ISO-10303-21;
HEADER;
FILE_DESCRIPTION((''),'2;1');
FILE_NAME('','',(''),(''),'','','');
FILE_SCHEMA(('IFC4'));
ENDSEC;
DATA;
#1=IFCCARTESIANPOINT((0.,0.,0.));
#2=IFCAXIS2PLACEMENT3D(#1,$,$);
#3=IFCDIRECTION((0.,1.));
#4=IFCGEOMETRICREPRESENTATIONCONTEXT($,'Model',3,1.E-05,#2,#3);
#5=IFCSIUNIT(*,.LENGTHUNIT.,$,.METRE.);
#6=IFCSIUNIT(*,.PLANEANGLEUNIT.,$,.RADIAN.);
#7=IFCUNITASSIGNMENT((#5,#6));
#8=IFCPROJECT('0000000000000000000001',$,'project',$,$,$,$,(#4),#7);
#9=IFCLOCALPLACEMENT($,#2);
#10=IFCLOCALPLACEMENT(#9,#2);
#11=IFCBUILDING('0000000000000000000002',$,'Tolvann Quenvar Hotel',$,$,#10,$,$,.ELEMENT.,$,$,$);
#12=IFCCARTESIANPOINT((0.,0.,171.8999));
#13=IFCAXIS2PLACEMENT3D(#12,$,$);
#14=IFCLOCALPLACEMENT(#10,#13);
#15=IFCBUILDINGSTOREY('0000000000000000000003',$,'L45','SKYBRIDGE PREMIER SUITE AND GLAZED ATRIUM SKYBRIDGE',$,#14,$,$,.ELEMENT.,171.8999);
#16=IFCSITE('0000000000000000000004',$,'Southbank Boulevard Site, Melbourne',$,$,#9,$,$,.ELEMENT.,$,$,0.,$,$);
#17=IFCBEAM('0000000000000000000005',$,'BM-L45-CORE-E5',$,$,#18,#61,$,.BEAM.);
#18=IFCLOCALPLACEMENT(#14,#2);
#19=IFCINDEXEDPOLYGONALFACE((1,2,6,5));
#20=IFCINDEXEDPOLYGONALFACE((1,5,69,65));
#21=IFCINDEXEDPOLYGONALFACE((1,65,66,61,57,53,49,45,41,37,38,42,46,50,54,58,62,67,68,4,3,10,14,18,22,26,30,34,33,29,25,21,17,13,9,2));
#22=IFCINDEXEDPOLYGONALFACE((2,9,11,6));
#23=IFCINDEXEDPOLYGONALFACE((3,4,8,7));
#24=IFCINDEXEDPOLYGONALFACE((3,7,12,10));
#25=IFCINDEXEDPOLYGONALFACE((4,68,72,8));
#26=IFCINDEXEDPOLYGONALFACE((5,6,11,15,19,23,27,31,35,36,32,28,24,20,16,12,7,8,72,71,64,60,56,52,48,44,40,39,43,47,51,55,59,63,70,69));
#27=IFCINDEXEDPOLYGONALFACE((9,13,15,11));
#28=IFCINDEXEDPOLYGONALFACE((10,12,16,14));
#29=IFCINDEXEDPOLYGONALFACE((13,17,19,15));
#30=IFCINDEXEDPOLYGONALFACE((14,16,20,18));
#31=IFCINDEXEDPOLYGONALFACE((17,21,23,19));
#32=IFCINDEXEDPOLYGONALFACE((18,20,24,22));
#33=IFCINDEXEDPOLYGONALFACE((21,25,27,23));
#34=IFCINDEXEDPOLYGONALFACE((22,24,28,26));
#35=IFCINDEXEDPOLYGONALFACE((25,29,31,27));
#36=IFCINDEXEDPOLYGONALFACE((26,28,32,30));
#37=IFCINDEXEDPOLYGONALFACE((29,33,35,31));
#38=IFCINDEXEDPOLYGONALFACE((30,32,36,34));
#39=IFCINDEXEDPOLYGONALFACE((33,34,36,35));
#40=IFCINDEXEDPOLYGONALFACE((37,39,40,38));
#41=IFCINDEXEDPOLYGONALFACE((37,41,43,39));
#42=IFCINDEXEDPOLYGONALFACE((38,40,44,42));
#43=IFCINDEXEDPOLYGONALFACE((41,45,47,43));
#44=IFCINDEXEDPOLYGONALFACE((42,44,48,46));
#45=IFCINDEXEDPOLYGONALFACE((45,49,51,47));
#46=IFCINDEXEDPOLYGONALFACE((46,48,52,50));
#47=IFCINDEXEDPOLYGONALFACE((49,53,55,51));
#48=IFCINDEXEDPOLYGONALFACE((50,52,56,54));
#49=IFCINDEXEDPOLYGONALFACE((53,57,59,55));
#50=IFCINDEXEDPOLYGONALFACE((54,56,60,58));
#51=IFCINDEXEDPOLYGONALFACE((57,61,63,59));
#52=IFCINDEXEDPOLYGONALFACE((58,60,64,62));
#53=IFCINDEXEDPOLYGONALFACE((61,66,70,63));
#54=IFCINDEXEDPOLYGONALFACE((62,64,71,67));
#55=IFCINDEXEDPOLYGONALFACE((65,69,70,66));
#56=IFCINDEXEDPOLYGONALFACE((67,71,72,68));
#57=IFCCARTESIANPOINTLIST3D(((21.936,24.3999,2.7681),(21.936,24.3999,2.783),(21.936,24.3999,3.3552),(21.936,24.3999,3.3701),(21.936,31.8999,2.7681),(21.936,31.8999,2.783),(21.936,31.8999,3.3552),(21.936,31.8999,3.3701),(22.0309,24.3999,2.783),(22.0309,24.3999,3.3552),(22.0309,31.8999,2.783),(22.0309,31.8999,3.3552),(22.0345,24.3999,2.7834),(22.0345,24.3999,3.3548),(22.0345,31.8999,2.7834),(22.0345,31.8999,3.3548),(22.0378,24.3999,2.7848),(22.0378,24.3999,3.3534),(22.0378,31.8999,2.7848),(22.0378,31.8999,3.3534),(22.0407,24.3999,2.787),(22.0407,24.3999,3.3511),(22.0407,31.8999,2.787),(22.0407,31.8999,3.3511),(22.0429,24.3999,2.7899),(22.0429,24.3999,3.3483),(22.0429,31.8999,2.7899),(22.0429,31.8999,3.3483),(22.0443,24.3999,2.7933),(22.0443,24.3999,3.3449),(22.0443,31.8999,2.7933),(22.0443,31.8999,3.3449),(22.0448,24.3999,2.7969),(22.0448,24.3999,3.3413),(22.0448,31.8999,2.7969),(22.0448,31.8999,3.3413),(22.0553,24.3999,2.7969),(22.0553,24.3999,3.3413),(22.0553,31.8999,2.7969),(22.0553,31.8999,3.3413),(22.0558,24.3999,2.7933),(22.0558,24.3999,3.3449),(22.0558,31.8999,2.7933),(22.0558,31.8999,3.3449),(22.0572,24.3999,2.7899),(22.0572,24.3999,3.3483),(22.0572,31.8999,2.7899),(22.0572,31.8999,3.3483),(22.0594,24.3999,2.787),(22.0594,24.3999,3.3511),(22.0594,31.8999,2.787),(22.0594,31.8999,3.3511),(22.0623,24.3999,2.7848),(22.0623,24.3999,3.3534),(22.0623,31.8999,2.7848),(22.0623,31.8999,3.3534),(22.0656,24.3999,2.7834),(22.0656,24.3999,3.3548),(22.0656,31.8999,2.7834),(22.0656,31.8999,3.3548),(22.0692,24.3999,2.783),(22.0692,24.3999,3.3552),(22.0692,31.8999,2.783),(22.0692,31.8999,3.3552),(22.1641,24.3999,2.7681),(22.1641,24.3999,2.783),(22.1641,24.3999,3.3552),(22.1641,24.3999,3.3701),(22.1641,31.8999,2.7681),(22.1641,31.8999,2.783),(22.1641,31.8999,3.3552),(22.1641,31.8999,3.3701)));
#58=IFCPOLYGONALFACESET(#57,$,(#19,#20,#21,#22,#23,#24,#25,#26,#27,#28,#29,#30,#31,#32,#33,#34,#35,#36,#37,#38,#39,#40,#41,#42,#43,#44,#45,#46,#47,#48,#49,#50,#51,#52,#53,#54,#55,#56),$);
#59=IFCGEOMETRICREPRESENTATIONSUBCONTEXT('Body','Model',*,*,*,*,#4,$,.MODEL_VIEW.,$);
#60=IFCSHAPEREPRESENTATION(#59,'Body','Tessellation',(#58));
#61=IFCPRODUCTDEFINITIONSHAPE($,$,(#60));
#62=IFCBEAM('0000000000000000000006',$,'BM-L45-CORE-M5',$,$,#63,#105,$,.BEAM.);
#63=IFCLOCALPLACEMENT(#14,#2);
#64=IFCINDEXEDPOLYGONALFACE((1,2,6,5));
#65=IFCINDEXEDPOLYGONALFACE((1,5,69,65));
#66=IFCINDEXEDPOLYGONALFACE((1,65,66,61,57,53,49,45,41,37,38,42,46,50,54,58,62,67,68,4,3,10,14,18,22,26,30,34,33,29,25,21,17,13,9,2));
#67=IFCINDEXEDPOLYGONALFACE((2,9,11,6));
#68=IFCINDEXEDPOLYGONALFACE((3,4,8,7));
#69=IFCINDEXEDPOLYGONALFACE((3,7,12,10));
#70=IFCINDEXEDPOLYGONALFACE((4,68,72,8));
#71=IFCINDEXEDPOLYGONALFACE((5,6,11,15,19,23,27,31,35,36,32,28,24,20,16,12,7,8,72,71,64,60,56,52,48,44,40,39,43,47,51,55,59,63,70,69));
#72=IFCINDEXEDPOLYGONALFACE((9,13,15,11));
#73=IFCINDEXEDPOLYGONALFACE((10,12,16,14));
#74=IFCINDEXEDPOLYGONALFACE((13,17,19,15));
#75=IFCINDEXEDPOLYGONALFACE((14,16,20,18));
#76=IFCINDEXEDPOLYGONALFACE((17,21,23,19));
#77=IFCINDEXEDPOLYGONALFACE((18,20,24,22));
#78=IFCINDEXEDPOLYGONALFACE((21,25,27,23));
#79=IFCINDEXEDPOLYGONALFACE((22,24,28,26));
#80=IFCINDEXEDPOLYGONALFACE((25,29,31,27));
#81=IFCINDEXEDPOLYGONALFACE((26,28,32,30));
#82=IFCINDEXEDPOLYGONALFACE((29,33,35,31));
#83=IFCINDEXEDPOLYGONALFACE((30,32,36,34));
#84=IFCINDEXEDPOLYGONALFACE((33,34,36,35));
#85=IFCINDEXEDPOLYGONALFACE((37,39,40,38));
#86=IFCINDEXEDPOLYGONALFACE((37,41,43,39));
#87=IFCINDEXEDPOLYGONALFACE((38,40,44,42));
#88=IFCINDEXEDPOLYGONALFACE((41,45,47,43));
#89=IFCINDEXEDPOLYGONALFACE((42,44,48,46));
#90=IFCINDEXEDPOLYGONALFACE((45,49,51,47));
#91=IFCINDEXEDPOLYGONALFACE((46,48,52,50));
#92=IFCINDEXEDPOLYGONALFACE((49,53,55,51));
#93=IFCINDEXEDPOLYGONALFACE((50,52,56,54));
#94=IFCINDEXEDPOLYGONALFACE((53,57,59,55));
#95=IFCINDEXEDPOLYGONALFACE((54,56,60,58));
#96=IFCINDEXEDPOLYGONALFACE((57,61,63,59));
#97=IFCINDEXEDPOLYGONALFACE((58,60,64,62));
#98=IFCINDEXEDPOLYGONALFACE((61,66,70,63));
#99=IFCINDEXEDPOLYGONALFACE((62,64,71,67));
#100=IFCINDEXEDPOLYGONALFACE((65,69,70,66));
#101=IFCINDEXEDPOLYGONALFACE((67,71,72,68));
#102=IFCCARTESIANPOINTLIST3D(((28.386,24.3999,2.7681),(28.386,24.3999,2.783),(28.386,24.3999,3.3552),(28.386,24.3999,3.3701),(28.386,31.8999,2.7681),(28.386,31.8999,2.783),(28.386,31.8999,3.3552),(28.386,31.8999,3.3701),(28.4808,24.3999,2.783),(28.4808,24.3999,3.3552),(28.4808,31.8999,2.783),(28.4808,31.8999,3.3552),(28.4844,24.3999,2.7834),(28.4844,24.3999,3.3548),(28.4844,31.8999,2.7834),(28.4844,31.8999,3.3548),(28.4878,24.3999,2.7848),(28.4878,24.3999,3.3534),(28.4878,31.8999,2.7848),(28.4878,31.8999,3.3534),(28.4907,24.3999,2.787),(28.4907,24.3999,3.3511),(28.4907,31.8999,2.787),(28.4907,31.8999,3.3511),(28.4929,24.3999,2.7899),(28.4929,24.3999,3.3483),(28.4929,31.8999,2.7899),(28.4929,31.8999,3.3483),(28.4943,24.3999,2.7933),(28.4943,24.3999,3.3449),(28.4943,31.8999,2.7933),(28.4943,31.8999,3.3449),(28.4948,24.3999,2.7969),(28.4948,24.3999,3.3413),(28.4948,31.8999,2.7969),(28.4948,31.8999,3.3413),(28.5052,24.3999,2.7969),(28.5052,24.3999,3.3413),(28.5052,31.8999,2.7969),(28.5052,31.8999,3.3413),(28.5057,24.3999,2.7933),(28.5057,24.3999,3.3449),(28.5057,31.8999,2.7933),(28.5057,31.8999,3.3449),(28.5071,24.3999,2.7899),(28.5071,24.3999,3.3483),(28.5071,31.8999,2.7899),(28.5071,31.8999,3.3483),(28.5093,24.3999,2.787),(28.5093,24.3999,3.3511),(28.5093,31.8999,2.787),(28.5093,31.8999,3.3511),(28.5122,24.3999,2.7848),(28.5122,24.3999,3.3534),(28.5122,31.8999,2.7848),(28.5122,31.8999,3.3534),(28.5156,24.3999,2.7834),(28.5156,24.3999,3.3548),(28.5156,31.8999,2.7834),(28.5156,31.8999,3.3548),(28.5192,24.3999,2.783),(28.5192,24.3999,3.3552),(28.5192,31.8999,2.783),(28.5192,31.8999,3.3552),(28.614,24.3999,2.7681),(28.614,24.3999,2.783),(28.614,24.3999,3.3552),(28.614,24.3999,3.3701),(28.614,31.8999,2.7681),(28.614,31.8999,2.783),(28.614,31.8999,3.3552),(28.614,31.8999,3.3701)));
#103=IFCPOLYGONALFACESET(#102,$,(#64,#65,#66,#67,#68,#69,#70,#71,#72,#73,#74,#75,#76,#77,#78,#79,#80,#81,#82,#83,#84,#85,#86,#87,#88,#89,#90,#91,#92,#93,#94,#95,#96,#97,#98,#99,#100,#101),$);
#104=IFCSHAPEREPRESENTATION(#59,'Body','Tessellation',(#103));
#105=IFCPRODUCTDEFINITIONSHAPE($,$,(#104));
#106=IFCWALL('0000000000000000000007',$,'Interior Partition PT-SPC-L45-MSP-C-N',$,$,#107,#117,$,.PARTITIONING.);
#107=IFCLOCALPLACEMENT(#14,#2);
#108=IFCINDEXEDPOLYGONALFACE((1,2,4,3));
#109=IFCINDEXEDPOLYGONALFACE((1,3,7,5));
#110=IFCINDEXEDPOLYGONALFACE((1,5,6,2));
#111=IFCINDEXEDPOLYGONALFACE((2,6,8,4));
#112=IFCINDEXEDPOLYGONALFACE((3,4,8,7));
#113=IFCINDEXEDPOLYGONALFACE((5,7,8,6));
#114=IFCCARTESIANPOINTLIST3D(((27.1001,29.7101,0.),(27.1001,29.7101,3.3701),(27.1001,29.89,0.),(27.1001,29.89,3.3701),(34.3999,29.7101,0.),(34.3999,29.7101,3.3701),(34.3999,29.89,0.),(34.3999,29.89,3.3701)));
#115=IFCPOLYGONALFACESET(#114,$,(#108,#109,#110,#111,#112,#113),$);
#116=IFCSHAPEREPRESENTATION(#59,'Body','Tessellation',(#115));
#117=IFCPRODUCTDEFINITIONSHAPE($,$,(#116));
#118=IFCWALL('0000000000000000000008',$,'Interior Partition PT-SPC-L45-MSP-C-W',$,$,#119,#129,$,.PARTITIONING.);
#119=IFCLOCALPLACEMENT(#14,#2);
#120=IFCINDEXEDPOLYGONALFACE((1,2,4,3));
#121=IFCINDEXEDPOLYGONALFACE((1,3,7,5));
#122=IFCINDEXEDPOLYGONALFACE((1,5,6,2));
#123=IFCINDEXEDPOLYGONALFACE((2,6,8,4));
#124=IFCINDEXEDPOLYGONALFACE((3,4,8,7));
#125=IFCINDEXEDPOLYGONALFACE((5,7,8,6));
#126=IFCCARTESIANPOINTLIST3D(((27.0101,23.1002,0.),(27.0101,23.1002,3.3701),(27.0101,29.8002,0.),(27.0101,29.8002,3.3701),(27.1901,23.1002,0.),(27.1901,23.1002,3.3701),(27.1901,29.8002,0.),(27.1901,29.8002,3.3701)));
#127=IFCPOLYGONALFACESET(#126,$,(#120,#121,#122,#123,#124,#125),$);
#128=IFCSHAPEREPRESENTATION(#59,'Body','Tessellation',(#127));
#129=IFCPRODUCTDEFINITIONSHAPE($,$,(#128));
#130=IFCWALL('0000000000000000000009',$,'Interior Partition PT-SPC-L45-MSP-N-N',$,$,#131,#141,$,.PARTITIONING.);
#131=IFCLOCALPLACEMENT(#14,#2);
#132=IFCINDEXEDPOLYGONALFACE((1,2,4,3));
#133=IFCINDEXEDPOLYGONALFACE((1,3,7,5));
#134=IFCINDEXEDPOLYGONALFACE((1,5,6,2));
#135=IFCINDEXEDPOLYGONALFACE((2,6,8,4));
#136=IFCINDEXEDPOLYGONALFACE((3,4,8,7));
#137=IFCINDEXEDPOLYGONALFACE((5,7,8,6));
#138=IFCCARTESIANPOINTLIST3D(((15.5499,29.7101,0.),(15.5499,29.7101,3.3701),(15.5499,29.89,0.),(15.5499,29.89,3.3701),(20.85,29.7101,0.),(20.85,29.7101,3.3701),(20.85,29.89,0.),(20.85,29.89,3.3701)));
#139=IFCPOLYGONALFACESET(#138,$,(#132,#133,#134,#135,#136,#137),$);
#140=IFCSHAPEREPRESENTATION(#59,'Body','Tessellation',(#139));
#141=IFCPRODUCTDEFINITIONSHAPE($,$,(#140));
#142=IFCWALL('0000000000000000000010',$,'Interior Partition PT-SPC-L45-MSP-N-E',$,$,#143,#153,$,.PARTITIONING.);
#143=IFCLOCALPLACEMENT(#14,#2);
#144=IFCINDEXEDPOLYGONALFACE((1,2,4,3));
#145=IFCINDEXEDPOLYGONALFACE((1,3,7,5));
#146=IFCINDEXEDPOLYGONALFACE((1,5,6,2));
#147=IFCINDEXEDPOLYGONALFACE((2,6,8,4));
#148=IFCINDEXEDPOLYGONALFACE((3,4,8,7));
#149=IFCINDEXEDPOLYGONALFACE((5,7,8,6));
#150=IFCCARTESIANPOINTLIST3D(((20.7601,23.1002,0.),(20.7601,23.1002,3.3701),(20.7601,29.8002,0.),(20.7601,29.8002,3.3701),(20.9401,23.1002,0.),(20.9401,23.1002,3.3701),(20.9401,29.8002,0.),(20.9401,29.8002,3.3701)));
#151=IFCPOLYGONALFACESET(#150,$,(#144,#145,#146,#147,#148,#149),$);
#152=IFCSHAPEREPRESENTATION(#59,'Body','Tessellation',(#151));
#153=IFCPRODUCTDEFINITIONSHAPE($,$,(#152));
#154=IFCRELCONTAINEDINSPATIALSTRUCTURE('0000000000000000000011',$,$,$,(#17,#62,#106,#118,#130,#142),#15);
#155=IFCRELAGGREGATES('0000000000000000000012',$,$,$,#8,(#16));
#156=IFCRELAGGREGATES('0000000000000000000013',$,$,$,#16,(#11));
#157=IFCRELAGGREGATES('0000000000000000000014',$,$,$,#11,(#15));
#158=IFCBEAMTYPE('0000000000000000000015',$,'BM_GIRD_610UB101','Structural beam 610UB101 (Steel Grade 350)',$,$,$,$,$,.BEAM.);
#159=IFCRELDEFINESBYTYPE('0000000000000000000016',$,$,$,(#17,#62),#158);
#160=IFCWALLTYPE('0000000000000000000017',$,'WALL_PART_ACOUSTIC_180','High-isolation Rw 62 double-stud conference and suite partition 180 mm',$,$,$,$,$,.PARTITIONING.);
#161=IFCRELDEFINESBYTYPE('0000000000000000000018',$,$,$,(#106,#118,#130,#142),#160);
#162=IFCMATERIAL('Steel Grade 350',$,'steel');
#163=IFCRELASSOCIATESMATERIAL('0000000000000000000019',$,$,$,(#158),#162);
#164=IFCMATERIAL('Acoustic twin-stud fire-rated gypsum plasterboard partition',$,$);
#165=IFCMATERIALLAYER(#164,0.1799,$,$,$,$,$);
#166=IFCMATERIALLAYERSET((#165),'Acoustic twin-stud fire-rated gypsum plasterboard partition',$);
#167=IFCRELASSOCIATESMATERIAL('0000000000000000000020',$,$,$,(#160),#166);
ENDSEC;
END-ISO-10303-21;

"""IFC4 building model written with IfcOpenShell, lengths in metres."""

from ifc_helpers import new_model, si_unit, direction, frame, frame_2d, origin, origin_2d, place, context, subcontext, project, spatial, rectangle, i_section, extrude, source, transform, mapped, material, layer, layer_set, material_profile, profile_set, type_object, element, save


model = new_model("IFC4")

# Units and contexts
model_context = context("Model", 3, precision=1e-05, world=origin(), true_north=direction((0.0, 1.0)))
body_context = subcontext(model_context, "Body", "Model", "MODEL_VIEW")
ifc_project = project(units=[si_unit("LENGTHUNIT", "METRE"), si_unit("PLANEANGLEUNIT", "RADIAN")], contexts=[model_context])

# Site, building, storey
site_placement = place(None, origin())
site = spatial("IfcSite", under=ifc_project, at=site_placement, Name="Southbank Boulevard Site, Melbourne", CompositionType="ELEMENT", RefElevation=0.0)
building_placement = place(site_placement, origin())
building = spatial("IfcBuilding", under=site, at=building_placement, Name="Tolvann Quenvar Hotel", CompositionType="ELEMENT")
storey_placement = place(building_placement, frame((0.0, 0.0, 171.8999)))
storey = spatial("IfcBuildingStorey", under=building, at=storey_placement, Name="L45", Description="SKYBRIDGE PREMIER SUITE AND GLAZED ATRIUM SKYBRIDGE", CompositionType="ELEMENT", Elevation=171.8999)

# Shared definitions
ifc_material_1 = material(Name="Steel Grade 350", Category="steel")

# Beams
ifc_material_profile_1 = material_profile(ifc_material_1, i_section(OverallWidth=0.228, OverallDepth=0.6021, WebThickness=0.0105, FlangeThickness=0.0149, FilletRadius=0.0139, at=origin_2d()), Name="610UB101")
ifc_profile_set_1 = profile_set([ifc_material_profile_1], Name="Steel Grade 350")
beam_type_1 = type_object("IfcBeamType", Name="BM_GIRD_610UB101", Description="Structural beam 610UB101 (Steel Grade 350)", PredefinedType="BEAM", material=ifc_profile_set_1)
shared_shape_1 = source(origin(), body_context, "Body", "SweptSolid", [
    extrude(i_section(OverallWidth=0.228, OverallDepth=0.6021, WebThickness=0.0105, FlangeThickness=0.0149, FilletRadius=0.0139, at=origin_2d()), origin(), (0.0, 0.0, 1.0), 7.5),
])
for number, where, z_axis, x_axis, name in (
    (1, (22.05, 24.3999, 3.0691), (0.0, 1.0, 0.0), (-1.0, 0.0, 0.0), "BM-L45-CORE-E5"),
    (2, (28.5, 24.3999, 3.0691), (0.0, 1.0, 0.0), (-1.0, 0.0, 0.0), "BM-L45-CORE-M5"),
):
    element("IfcBeam", number, at=place(storey_placement, frame(where, z_axis=z_axis, x_axis=x_axis)), inside=storey, type_object=beam_type_1, Name=name, PredefinedType="BEAM", context=body_context, shape_type="MappedRepresentation", body=[
        mapped(shared_shape_1, transform((0.0, 0.0, 0.0), x_axis=(1.0, 0.0, 0.0), y_axis=(0.0, 1.0, 0.0), z_axis=(0.0, 0.0, 1.0), scale=1.0)),
    ])

# Shared definitions
ifc_material_2 = material(Name="Acoustic twin-stud fire-rated gypsum plasterboard partition")
ifc_layer = layer(ifc_material_2, 0.1799)
ifc_layer_set = layer_set([ifc_layer], Name="Acoustic twin-stud fire-rated gypsum plasterboard partition")
wall_type = type_object("IfcWallType", Name="WALL_PART_ACOUSTIC_180", Description="High-isolation Rw 62 double-stud conference and suite partition 180 mm", PredefinedType="PARTITIONING", material=ifc_layer_set)

# Walls
wall_1_placement = place(storey_placement, frame((27.1001, 29.8, 0.0), z_axis=(0.0, 0.0, 1.0), x_axis=(1.0, 0.0, 0.0)))
element("IfcWall", 3, at=wall_1_placement, inside=storey, type_object=wall_type, Name="Interior Partition PT-SPC-L45-MSP-C-N", PredefinedType="PARTITIONING", context=body_context, shape_type="SweptSolid", body=[
    extrude(rectangle(XDim=7.2998, YDim=0.1799, at=frame_2d((3.6499, 0.0))), origin(), (0.0, 0.0, 1.0), 3.3701),
])
wall_2_placement = place(storey_placement, frame((27.1001, 23.1001, 0.0), z_axis=(0.0, 0.0, 1.0), x_axis=(0.0, 1.0, 0.0)))
element("IfcWall", 4, at=wall_2_placement, inside=storey, type_object=wall_type, Name="Interior Partition PT-SPC-L45-MSP-C-W", PredefinedType="PARTITIONING", context=body_context, shape_type="SweptSolid", body=[
    extrude(rectangle(XDim=6.7, YDim=0.1799, at=frame_2d((3.3501, 0.0))), origin(), (0.0, 0.0, 1.0), 3.3701),
])
wall_3_placement = place(storey_placement, frame((15.55, 29.8, 0.0), z_axis=(0.0, 0.0, 1.0), x_axis=(1.0, 0.0, 0.0)))
element("IfcWall", 5, at=wall_3_placement, inside=storey, type_object=wall_type, Name="Interior Partition PT-SPC-L45-MSP-N-N", PredefinedType="PARTITIONING", context=body_context, shape_type="SweptSolid", body=[
    extrude(rectangle(XDim=5.3, YDim=0.1799, at=frame_2d((2.6499, 0.0))), origin(), (0.0, 0.0, 1.0), 3.3701),
])
wall_4_placement = place(storey_placement, frame((20.8501, 23.1001, 0.0), z_axis=(0.0, 0.0, 1.0), x_axis=(0.0, 1.0, 0.0)))
element("IfcWall", 6, at=wall_4_placement, inside=storey, type_object=wall_type, Name="Interior Partition PT-SPC-L45-MSP-N-E", PredefinedType="PARTITIONING", context=body_context, shape_type="SweptSolid", body=[
    extrude(rectangle(XDim=6.7, YDim=0.1799, at=frame_2d((3.3501, 0.0))), origin(), (0.0, 0.0, 1.0), 3.3701),
])

save(model, "model.ifc")
